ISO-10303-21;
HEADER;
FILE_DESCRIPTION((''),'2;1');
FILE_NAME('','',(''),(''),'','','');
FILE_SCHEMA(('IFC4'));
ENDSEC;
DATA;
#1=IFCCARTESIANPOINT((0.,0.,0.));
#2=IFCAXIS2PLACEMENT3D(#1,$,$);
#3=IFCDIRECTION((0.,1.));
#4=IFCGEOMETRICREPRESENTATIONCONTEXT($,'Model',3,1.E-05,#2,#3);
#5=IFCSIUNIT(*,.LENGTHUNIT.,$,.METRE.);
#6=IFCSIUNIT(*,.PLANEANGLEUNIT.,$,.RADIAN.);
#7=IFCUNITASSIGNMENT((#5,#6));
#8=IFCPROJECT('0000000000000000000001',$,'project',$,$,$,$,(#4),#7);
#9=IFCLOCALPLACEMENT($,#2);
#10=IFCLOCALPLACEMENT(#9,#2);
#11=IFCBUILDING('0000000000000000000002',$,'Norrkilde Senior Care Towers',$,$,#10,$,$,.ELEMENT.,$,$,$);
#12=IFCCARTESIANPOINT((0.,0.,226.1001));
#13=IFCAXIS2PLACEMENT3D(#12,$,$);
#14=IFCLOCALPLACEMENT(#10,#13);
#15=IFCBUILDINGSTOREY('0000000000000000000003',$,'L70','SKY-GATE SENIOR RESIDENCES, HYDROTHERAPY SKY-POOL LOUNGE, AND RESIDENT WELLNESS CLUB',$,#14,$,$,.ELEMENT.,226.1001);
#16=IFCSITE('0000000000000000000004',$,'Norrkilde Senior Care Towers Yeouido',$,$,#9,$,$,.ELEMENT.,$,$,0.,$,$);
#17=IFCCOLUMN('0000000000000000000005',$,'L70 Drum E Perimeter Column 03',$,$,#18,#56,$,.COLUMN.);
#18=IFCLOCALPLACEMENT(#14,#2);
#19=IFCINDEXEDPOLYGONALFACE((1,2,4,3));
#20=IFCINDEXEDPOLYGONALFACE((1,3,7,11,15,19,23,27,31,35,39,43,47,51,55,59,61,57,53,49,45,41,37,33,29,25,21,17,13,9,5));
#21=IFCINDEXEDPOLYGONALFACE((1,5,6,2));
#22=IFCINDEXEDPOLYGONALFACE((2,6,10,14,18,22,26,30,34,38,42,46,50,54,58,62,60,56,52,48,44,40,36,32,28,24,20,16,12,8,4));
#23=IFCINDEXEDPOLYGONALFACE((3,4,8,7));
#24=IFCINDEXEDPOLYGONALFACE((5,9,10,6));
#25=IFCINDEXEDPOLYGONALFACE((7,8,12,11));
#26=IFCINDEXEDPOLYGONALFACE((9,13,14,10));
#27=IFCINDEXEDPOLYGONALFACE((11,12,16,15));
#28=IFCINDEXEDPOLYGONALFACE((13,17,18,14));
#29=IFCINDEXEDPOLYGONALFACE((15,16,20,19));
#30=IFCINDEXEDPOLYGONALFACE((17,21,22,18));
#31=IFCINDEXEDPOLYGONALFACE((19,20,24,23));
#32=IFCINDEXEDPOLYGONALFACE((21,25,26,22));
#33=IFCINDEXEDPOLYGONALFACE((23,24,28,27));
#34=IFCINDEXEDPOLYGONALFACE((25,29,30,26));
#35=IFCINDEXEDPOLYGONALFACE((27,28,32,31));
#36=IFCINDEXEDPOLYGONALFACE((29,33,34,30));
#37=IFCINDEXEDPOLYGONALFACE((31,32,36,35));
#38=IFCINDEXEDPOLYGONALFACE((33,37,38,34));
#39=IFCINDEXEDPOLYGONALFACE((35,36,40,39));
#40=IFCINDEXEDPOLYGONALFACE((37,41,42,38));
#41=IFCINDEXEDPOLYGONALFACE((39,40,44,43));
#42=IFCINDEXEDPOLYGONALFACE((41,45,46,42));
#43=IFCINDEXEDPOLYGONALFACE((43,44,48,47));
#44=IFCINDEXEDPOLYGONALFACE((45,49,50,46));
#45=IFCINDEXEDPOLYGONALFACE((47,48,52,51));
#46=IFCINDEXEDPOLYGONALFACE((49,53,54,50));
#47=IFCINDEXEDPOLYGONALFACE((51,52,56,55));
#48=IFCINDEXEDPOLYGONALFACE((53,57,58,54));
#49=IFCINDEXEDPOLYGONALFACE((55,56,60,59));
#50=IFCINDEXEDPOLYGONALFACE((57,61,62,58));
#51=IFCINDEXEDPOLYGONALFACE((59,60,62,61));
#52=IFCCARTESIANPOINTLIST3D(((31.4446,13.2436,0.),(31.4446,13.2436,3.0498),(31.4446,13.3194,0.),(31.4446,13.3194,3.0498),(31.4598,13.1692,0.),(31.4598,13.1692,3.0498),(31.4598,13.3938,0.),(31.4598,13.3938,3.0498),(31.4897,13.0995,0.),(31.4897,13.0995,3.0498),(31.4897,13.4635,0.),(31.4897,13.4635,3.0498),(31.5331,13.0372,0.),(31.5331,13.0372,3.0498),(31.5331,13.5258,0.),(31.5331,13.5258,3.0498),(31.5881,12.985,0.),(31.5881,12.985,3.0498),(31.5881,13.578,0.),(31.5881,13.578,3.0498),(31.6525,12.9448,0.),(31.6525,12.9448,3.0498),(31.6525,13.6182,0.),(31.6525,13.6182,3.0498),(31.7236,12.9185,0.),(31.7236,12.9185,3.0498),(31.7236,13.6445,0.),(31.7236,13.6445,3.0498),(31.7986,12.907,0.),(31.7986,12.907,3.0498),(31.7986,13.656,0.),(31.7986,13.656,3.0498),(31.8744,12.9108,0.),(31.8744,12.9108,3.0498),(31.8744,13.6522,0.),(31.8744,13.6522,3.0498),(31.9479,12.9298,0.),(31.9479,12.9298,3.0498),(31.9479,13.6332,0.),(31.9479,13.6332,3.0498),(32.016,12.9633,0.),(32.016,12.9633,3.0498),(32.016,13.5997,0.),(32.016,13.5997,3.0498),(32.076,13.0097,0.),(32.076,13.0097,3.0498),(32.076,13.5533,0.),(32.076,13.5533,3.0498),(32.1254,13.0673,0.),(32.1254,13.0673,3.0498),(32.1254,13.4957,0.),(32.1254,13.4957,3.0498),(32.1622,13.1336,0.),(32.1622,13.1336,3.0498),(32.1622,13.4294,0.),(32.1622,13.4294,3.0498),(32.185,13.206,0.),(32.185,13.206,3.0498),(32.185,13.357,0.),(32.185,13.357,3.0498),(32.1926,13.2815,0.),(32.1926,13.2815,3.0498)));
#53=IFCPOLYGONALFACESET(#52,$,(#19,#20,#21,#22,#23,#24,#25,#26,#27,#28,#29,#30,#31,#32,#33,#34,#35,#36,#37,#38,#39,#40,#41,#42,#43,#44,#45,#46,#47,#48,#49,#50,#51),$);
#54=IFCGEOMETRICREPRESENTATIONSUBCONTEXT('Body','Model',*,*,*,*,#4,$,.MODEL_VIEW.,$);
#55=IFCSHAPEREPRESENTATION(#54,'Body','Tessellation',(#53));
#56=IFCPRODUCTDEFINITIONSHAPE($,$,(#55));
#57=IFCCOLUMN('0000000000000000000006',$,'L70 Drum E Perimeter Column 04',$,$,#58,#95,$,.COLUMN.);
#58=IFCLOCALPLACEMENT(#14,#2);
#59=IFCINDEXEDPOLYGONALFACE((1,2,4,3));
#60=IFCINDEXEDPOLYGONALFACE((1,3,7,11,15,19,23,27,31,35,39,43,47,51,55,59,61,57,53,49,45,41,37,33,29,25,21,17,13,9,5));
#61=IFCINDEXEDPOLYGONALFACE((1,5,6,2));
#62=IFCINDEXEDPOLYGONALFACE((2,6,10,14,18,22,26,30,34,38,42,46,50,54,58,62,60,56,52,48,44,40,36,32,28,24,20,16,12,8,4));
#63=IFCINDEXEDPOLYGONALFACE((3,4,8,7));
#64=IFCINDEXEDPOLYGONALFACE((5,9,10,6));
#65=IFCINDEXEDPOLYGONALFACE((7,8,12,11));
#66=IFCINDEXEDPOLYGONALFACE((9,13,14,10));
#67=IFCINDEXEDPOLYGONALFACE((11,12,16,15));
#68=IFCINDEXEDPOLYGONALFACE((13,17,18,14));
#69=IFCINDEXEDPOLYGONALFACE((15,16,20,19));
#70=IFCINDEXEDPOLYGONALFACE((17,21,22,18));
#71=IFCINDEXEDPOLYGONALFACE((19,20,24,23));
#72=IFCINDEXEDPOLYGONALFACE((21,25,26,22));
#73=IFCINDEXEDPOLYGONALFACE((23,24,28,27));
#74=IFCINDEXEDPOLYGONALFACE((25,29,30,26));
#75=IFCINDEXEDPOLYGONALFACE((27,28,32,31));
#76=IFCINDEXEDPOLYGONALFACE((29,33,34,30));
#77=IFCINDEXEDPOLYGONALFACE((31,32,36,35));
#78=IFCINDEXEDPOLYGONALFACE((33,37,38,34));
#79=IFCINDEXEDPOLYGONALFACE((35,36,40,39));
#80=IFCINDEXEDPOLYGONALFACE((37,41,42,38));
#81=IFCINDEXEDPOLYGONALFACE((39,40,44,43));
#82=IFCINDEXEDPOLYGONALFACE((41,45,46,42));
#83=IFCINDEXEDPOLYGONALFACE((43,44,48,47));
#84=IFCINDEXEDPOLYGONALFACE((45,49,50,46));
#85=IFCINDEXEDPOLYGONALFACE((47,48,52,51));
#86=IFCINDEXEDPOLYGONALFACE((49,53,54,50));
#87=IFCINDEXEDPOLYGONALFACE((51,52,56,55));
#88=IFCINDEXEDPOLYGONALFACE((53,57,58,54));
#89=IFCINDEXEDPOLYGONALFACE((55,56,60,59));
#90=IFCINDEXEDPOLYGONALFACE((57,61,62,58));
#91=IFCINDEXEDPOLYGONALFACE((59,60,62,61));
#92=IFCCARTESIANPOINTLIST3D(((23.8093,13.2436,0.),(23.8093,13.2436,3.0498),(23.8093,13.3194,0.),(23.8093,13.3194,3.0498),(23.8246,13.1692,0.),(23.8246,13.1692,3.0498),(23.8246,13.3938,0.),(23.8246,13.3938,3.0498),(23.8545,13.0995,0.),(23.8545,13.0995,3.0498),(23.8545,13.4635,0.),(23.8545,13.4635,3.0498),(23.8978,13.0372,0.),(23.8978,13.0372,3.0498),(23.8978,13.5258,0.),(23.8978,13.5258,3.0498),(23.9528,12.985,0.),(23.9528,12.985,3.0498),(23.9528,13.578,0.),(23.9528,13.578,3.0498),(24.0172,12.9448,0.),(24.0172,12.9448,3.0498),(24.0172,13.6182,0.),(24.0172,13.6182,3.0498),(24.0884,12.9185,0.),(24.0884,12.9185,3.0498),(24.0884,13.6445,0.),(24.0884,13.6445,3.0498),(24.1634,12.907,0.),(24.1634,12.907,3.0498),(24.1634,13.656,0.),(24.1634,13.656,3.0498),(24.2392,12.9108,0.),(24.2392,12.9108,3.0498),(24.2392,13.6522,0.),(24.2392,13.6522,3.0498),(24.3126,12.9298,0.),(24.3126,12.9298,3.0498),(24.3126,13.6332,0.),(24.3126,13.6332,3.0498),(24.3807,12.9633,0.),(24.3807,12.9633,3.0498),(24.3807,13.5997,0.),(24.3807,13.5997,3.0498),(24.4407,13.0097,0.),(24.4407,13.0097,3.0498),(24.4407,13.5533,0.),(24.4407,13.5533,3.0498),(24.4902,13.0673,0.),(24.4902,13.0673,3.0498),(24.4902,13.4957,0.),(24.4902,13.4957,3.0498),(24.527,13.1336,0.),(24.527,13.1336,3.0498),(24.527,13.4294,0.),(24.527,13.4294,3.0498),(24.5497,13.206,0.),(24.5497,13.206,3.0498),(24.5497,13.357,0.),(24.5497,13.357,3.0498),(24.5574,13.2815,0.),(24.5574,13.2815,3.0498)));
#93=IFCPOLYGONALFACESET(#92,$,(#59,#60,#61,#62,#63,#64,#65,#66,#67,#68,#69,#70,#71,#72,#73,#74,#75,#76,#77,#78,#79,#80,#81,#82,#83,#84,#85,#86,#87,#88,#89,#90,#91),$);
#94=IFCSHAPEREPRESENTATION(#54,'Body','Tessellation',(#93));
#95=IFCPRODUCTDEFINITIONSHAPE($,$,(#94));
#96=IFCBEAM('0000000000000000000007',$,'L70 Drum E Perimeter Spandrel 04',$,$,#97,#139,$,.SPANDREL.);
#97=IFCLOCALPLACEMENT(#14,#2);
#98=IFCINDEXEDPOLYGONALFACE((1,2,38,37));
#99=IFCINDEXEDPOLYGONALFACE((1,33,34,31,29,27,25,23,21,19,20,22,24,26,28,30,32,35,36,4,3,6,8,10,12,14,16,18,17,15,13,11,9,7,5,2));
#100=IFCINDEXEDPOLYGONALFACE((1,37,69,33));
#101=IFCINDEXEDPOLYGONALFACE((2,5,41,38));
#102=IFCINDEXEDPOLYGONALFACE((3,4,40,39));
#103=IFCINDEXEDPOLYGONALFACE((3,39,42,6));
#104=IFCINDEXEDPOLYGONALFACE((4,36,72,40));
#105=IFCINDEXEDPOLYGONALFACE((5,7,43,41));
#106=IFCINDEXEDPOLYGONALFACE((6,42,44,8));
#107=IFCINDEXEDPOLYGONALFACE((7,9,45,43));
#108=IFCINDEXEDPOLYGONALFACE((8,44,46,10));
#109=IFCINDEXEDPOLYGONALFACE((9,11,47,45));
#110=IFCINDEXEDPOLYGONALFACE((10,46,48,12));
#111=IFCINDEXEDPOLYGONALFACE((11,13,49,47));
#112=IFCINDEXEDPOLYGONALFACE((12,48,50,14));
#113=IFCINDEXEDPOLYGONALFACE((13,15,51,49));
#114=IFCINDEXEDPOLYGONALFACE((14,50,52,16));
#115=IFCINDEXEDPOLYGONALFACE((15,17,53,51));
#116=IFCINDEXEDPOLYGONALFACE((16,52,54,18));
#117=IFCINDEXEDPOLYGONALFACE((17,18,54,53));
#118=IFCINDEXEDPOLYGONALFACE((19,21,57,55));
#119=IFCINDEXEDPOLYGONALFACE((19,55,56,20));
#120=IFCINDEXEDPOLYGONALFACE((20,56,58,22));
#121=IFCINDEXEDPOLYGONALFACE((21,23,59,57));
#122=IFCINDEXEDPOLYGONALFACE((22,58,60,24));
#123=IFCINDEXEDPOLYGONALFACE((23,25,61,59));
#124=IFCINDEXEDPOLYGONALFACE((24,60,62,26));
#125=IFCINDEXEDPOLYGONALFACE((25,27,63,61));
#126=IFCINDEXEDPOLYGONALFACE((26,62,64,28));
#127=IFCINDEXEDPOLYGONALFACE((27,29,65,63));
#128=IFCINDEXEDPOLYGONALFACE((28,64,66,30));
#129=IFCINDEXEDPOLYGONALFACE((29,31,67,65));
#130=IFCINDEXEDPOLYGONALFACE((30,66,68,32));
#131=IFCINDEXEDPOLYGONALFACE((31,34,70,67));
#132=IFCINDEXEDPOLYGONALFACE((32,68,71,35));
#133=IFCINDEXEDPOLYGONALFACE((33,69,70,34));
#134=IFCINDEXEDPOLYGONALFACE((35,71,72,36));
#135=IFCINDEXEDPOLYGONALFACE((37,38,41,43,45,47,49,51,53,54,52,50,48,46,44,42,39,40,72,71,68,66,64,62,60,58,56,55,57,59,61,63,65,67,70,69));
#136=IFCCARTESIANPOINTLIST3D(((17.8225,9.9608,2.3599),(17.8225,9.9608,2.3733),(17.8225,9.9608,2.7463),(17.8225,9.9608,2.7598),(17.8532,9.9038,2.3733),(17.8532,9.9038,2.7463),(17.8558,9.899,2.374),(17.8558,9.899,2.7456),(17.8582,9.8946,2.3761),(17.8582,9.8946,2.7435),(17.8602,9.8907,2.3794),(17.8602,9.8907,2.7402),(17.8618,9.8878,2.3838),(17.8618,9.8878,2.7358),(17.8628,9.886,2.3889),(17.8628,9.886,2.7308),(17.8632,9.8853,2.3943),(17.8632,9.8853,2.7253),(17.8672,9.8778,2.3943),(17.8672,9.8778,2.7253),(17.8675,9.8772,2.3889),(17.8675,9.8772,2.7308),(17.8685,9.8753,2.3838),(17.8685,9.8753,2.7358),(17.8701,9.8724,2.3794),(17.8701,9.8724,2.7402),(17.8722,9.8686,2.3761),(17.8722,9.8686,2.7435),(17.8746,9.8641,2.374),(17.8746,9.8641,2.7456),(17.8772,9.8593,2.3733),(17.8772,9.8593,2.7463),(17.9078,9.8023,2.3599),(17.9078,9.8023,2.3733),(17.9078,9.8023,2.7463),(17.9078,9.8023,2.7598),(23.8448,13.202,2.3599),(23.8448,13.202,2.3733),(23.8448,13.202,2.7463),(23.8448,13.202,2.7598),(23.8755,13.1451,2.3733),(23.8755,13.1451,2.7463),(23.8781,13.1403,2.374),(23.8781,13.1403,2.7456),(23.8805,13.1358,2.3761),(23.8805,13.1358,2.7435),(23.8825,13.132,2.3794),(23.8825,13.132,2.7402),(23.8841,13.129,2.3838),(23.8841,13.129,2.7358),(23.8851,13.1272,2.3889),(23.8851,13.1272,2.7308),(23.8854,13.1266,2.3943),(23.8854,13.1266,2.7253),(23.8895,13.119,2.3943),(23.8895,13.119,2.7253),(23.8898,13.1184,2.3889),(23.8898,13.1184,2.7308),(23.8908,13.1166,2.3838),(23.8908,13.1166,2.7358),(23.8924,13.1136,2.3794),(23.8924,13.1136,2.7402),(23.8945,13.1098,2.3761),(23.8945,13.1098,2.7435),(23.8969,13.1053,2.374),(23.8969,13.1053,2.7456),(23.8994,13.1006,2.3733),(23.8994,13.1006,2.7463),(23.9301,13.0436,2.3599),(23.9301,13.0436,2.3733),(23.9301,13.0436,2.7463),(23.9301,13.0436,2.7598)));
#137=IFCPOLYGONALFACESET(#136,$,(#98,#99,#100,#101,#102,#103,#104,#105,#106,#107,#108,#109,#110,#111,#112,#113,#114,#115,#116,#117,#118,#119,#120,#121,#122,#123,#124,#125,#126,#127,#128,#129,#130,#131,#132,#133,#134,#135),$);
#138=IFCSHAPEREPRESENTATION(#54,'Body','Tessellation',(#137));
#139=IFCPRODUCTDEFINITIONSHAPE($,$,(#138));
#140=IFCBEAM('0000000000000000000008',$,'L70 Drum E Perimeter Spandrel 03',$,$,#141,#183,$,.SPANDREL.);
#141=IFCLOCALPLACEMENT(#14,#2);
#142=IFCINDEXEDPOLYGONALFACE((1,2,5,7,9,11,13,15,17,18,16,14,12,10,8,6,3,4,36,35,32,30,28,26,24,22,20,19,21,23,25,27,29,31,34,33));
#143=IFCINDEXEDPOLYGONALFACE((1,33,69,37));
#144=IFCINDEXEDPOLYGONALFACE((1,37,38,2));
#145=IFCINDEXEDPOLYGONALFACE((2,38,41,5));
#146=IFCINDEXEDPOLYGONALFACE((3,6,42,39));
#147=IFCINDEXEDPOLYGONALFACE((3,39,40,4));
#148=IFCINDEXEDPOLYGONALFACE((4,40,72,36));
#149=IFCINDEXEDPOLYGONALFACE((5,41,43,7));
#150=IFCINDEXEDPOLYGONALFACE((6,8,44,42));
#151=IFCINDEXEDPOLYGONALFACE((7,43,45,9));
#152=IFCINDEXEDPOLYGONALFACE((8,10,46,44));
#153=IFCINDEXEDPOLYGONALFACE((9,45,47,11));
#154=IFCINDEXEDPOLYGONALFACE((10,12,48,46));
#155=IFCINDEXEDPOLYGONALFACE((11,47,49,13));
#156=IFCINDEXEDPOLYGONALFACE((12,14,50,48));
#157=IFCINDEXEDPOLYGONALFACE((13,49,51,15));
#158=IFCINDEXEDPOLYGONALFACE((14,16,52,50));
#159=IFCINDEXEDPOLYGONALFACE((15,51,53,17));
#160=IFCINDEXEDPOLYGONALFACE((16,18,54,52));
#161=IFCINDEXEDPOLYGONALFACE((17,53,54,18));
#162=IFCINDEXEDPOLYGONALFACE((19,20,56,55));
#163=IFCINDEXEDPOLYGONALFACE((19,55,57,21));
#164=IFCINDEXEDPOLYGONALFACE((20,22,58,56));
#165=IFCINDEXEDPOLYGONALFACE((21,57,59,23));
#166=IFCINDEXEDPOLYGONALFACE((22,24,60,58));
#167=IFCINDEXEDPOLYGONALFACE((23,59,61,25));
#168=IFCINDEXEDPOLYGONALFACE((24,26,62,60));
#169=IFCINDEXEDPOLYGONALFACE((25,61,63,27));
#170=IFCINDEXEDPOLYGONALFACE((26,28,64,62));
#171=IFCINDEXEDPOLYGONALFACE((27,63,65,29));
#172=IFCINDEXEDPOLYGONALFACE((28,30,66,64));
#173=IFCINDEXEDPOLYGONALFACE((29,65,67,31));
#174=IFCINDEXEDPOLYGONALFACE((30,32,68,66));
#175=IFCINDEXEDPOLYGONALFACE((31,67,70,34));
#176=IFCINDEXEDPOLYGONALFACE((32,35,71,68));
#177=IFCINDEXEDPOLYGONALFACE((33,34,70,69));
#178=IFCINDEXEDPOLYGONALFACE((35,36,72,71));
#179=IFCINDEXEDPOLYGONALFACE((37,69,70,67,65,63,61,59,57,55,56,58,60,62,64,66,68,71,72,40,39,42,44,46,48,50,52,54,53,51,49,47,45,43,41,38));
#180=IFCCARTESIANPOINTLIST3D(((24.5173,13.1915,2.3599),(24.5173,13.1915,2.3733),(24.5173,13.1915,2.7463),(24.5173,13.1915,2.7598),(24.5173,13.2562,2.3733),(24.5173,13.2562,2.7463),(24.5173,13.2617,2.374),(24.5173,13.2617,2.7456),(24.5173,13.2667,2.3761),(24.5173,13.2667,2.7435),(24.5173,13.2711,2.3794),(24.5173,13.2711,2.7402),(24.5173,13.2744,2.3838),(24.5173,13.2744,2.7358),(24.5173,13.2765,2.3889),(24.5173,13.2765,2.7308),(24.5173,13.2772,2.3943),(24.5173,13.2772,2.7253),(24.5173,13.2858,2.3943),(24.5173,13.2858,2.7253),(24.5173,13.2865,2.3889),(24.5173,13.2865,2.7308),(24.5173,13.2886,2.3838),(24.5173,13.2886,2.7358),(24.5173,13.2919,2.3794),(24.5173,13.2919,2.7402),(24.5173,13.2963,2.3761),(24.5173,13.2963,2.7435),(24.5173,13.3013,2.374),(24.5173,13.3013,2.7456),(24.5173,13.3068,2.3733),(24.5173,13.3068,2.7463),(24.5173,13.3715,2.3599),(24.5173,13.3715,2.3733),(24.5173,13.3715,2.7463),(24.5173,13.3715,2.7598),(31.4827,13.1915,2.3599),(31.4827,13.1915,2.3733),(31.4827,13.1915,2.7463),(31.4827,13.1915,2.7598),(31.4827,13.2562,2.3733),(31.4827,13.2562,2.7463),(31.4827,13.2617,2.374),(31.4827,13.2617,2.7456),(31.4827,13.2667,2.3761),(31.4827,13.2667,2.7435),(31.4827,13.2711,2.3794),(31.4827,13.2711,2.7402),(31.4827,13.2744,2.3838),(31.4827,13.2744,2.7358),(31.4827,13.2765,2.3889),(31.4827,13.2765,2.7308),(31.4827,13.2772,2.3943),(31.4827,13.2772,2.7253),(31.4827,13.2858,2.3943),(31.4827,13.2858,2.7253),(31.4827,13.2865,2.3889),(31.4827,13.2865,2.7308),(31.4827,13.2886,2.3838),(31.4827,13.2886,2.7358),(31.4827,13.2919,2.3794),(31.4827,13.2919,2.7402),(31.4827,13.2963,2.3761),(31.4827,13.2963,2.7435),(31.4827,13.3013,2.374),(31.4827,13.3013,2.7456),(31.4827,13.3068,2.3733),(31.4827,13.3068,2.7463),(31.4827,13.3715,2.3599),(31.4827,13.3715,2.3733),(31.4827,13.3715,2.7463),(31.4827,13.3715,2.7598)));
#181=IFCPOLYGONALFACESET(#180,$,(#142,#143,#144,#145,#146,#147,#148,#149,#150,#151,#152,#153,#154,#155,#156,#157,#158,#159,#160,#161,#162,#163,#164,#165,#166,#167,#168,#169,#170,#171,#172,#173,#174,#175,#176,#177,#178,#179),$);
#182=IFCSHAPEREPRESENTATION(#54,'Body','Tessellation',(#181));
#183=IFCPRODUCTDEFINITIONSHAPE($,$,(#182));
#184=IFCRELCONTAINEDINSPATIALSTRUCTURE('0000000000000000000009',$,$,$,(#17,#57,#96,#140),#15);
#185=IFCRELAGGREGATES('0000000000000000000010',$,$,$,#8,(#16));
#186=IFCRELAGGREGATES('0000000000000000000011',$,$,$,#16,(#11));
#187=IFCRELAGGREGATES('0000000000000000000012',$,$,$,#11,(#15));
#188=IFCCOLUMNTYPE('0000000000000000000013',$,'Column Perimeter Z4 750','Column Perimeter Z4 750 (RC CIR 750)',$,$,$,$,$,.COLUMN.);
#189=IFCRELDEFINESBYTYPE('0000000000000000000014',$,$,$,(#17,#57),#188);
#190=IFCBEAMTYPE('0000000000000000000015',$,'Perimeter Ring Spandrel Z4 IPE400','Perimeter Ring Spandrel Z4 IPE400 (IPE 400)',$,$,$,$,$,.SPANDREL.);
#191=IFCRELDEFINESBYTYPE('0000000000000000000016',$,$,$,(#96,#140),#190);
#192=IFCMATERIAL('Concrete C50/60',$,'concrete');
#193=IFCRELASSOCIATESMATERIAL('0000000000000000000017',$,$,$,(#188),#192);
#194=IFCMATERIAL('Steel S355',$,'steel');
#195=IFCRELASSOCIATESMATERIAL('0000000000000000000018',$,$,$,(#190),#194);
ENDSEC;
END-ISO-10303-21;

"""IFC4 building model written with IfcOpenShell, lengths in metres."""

from ifc_helpers import new_model, si_unit, direction, frame, origin, origin_2d, place, context, subcontext, project, spatial, circle, i_section, extrude, source, transform, mapped, material, material_profile, profile_set, type_object, type_shapes, element, save


model = new_model("IFC4")

# Units and contexts
model_context = context("Model", 3, precision=1e-05, world=origin(), true_north=direction((0.0, 1.0)))
body_context = subcontext(model_context, "Body", "Model", "MODEL_VIEW")
ifc_project = project(units=[si_unit("LENGTHUNIT", "METRE"), si_unit("PLANEANGLEUNIT", "RADIAN")], contexts=[model_context])

# Site, building, storey
site_placement = place(None, origin())
site = spatial("IfcSite", under=ifc_project, at=site_placement, Name="Norrkilde Senior Care Towers Yeouido", CompositionType="ELEMENT", RefElevation=0.0)
building_placement = place(site_placement, origin())
building = spatial("IfcBuilding", under=site, at=building_placement, Name="Norrkilde Senior Care Towers", CompositionType="ELEMENT")
storey_placement = place(building_placement, frame((0.0, 0.0, 226.1001)))
storey = spatial("IfcBuildingStorey", under=building, at=storey_placement, Name="L70", Description="SKY-GATE SENIOR RESIDENCES, HYDROTHERAPY SKY-POOL LOUNGE, AND RESIDENT WELLNESS CLUB", CompositionType="ELEMENT", Elevation=226.1001)

# Columns
ifc_material_1 = material(Name="Concrete C50/60", Category="concrete")
ifc_material_profile_1 = material_profile(ifc_material_1, circle(Radius=0.375, at=origin_2d()), Name="RC CIR 750")
ifc_profile_set_1 = profile_set([ifc_material_profile_1], Name="Concrete C50/60")
column_type = type_object("IfcColumnType", Name="Column Perimeter Z4 750", Description="Column Perimeter Z4 750 (RC CIR 750)", PredefinedType="COLUMN", material=ifc_profile_set_1)
shared_shape_1 = source(origin(), body_context, "Body", "SweptSolid", [
    extrude(circle(Radius=0.375, at=origin_2d()), origin(), (0.0, 0.0, 1.0), 3.0498),
])
type_shapes(column_type, [shared_shape_1])
for number, where, z_axis, x_axis, name in (
    (1, (31.8176, 13.2815, 0.0), (0.0, 0.0, 1.0), (1.0, 0.0, 0.0), "L70 Drum E Perimeter Column 03"),
    (2, (24.1824, 13.2815, 0.0), (0.0, 0.0, 1.0), (1.0, 0.0, 0.0), "L70 Drum E Perimeter Column 04"),
):
    element("IfcColumn", number, at=place(storey_placement, frame(where, z_axis=z_axis, x_axis=x_axis)), inside=storey, type_object=column_type, Name=name, PredefinedType="COLUMN", context=body_context, shape_type="MappedRepresentation", body=[
        mapped(shared_shape_1, transform((0.0, 0.0, 0.0), x_axis=(1.0, 0.0, 0.0), y_axis=(0.0, 1.0, 0.0), z_axis=(0.0, 0.0, 1.0), scale=1.0)),
    ])

# Beams
ifc_material_2 = material(Name="Steel S355", Category="steel")
ifc_material_profile_2 = material_profile(ifc_material_2, i_section(OverallWidth=0.1799, OverallDepth=0.3999, WebThickness=0.0085, FlangeThickness=0.0134, FilletRadius=0.021, at=origin_2d()), Name="IPE 400")
ifc_profile_set_2 = profile_set([ifc_material_profile_2], Name="Steel S355")
beam_type_1 = type_object("IfcBeamType", Name="Perimeter Ring Spandrel Z4 IPE400", Description="Perimeter Ring Spandrel Z4 IPE400 (IPE 400)", PredefinedType="SPANDREL", material=ifc_profile_set_2)
shared_shape_2 = source(origin(), body_context, "Body", "SweptSolid", [
    extrude(i_section(OverallWidth=0.1799, OverallDepth=0.3999, WebThickness=0.0085, FlangeThickness=0.0134, FilletRadius=0.021, at=origin_2d()), origin(), (0.0, 0.0, 1.0), 6.8391),
])
beam_1_placement = place(storey_placement, frame((23.8875, 13.1228, 2.5598), z_axis=(-0.880564, -0.473927, 0.0), x_axis=(0.473927, -0.880564, 0.0)))
element("IfcBeam", 3, at=beam_1_placement, inside=storey, type_object=beam_type_1, Name="L70 Drum E Perimeter Spandrel 04", PredefinedType="SPANDREL", context=body_context, shape_type="MappedRepresentation", body=[
    mapped(shared_shape_2, transform((0.0, 0.0, 0.0), x_axis=(1.0, 0.0, 0.0), y_axis=(0.0, 1.0, 0.0), z_axis=(0.0, 0.0, 1.0), scale=1.0)),
])
shared_shape_3 = source(origin(), body_context, "Body", "SweptSolid", [
    extrude(i_section(OverallWidth=0.1799, OverallDepth=0.3999, WebThickness=0.0085, FlangeThickness=0.0134, FilletRadius=0.021, at=origin_2d()), origin(), (0.0, 0.0, 1.0), 6.9653),
])
type_shapes(beam_type_1, [shared_shape_2, shared_shape_3])
beam_2_placement = place(storey_placement, frame((31.4827, 13.2815, 2.5598), z_axis=(-1.0, 0.0, 0.0), x_axis=(0.0, -1.0, 0.0)))
element("IfcBeam", 4, at=beam_2_placement, inside=storey, type_object=beam_type_1, Name="L70 Drum E Perimeter Spandrel 03", PredefinedType="SPANDREL", context=body_context, shape_type="MappedRepresentation", body=[
    mapped(shared_shape_3, transform((0.0, 0.0, 0.0), x_axis=(1.0, 0.0, 0.0), y_axis=(0.0, 1.0, 0.0), z_axis=(0.0, 0.0, 1.0), scale=1.0)),
])

save(model, "model.ifc")
